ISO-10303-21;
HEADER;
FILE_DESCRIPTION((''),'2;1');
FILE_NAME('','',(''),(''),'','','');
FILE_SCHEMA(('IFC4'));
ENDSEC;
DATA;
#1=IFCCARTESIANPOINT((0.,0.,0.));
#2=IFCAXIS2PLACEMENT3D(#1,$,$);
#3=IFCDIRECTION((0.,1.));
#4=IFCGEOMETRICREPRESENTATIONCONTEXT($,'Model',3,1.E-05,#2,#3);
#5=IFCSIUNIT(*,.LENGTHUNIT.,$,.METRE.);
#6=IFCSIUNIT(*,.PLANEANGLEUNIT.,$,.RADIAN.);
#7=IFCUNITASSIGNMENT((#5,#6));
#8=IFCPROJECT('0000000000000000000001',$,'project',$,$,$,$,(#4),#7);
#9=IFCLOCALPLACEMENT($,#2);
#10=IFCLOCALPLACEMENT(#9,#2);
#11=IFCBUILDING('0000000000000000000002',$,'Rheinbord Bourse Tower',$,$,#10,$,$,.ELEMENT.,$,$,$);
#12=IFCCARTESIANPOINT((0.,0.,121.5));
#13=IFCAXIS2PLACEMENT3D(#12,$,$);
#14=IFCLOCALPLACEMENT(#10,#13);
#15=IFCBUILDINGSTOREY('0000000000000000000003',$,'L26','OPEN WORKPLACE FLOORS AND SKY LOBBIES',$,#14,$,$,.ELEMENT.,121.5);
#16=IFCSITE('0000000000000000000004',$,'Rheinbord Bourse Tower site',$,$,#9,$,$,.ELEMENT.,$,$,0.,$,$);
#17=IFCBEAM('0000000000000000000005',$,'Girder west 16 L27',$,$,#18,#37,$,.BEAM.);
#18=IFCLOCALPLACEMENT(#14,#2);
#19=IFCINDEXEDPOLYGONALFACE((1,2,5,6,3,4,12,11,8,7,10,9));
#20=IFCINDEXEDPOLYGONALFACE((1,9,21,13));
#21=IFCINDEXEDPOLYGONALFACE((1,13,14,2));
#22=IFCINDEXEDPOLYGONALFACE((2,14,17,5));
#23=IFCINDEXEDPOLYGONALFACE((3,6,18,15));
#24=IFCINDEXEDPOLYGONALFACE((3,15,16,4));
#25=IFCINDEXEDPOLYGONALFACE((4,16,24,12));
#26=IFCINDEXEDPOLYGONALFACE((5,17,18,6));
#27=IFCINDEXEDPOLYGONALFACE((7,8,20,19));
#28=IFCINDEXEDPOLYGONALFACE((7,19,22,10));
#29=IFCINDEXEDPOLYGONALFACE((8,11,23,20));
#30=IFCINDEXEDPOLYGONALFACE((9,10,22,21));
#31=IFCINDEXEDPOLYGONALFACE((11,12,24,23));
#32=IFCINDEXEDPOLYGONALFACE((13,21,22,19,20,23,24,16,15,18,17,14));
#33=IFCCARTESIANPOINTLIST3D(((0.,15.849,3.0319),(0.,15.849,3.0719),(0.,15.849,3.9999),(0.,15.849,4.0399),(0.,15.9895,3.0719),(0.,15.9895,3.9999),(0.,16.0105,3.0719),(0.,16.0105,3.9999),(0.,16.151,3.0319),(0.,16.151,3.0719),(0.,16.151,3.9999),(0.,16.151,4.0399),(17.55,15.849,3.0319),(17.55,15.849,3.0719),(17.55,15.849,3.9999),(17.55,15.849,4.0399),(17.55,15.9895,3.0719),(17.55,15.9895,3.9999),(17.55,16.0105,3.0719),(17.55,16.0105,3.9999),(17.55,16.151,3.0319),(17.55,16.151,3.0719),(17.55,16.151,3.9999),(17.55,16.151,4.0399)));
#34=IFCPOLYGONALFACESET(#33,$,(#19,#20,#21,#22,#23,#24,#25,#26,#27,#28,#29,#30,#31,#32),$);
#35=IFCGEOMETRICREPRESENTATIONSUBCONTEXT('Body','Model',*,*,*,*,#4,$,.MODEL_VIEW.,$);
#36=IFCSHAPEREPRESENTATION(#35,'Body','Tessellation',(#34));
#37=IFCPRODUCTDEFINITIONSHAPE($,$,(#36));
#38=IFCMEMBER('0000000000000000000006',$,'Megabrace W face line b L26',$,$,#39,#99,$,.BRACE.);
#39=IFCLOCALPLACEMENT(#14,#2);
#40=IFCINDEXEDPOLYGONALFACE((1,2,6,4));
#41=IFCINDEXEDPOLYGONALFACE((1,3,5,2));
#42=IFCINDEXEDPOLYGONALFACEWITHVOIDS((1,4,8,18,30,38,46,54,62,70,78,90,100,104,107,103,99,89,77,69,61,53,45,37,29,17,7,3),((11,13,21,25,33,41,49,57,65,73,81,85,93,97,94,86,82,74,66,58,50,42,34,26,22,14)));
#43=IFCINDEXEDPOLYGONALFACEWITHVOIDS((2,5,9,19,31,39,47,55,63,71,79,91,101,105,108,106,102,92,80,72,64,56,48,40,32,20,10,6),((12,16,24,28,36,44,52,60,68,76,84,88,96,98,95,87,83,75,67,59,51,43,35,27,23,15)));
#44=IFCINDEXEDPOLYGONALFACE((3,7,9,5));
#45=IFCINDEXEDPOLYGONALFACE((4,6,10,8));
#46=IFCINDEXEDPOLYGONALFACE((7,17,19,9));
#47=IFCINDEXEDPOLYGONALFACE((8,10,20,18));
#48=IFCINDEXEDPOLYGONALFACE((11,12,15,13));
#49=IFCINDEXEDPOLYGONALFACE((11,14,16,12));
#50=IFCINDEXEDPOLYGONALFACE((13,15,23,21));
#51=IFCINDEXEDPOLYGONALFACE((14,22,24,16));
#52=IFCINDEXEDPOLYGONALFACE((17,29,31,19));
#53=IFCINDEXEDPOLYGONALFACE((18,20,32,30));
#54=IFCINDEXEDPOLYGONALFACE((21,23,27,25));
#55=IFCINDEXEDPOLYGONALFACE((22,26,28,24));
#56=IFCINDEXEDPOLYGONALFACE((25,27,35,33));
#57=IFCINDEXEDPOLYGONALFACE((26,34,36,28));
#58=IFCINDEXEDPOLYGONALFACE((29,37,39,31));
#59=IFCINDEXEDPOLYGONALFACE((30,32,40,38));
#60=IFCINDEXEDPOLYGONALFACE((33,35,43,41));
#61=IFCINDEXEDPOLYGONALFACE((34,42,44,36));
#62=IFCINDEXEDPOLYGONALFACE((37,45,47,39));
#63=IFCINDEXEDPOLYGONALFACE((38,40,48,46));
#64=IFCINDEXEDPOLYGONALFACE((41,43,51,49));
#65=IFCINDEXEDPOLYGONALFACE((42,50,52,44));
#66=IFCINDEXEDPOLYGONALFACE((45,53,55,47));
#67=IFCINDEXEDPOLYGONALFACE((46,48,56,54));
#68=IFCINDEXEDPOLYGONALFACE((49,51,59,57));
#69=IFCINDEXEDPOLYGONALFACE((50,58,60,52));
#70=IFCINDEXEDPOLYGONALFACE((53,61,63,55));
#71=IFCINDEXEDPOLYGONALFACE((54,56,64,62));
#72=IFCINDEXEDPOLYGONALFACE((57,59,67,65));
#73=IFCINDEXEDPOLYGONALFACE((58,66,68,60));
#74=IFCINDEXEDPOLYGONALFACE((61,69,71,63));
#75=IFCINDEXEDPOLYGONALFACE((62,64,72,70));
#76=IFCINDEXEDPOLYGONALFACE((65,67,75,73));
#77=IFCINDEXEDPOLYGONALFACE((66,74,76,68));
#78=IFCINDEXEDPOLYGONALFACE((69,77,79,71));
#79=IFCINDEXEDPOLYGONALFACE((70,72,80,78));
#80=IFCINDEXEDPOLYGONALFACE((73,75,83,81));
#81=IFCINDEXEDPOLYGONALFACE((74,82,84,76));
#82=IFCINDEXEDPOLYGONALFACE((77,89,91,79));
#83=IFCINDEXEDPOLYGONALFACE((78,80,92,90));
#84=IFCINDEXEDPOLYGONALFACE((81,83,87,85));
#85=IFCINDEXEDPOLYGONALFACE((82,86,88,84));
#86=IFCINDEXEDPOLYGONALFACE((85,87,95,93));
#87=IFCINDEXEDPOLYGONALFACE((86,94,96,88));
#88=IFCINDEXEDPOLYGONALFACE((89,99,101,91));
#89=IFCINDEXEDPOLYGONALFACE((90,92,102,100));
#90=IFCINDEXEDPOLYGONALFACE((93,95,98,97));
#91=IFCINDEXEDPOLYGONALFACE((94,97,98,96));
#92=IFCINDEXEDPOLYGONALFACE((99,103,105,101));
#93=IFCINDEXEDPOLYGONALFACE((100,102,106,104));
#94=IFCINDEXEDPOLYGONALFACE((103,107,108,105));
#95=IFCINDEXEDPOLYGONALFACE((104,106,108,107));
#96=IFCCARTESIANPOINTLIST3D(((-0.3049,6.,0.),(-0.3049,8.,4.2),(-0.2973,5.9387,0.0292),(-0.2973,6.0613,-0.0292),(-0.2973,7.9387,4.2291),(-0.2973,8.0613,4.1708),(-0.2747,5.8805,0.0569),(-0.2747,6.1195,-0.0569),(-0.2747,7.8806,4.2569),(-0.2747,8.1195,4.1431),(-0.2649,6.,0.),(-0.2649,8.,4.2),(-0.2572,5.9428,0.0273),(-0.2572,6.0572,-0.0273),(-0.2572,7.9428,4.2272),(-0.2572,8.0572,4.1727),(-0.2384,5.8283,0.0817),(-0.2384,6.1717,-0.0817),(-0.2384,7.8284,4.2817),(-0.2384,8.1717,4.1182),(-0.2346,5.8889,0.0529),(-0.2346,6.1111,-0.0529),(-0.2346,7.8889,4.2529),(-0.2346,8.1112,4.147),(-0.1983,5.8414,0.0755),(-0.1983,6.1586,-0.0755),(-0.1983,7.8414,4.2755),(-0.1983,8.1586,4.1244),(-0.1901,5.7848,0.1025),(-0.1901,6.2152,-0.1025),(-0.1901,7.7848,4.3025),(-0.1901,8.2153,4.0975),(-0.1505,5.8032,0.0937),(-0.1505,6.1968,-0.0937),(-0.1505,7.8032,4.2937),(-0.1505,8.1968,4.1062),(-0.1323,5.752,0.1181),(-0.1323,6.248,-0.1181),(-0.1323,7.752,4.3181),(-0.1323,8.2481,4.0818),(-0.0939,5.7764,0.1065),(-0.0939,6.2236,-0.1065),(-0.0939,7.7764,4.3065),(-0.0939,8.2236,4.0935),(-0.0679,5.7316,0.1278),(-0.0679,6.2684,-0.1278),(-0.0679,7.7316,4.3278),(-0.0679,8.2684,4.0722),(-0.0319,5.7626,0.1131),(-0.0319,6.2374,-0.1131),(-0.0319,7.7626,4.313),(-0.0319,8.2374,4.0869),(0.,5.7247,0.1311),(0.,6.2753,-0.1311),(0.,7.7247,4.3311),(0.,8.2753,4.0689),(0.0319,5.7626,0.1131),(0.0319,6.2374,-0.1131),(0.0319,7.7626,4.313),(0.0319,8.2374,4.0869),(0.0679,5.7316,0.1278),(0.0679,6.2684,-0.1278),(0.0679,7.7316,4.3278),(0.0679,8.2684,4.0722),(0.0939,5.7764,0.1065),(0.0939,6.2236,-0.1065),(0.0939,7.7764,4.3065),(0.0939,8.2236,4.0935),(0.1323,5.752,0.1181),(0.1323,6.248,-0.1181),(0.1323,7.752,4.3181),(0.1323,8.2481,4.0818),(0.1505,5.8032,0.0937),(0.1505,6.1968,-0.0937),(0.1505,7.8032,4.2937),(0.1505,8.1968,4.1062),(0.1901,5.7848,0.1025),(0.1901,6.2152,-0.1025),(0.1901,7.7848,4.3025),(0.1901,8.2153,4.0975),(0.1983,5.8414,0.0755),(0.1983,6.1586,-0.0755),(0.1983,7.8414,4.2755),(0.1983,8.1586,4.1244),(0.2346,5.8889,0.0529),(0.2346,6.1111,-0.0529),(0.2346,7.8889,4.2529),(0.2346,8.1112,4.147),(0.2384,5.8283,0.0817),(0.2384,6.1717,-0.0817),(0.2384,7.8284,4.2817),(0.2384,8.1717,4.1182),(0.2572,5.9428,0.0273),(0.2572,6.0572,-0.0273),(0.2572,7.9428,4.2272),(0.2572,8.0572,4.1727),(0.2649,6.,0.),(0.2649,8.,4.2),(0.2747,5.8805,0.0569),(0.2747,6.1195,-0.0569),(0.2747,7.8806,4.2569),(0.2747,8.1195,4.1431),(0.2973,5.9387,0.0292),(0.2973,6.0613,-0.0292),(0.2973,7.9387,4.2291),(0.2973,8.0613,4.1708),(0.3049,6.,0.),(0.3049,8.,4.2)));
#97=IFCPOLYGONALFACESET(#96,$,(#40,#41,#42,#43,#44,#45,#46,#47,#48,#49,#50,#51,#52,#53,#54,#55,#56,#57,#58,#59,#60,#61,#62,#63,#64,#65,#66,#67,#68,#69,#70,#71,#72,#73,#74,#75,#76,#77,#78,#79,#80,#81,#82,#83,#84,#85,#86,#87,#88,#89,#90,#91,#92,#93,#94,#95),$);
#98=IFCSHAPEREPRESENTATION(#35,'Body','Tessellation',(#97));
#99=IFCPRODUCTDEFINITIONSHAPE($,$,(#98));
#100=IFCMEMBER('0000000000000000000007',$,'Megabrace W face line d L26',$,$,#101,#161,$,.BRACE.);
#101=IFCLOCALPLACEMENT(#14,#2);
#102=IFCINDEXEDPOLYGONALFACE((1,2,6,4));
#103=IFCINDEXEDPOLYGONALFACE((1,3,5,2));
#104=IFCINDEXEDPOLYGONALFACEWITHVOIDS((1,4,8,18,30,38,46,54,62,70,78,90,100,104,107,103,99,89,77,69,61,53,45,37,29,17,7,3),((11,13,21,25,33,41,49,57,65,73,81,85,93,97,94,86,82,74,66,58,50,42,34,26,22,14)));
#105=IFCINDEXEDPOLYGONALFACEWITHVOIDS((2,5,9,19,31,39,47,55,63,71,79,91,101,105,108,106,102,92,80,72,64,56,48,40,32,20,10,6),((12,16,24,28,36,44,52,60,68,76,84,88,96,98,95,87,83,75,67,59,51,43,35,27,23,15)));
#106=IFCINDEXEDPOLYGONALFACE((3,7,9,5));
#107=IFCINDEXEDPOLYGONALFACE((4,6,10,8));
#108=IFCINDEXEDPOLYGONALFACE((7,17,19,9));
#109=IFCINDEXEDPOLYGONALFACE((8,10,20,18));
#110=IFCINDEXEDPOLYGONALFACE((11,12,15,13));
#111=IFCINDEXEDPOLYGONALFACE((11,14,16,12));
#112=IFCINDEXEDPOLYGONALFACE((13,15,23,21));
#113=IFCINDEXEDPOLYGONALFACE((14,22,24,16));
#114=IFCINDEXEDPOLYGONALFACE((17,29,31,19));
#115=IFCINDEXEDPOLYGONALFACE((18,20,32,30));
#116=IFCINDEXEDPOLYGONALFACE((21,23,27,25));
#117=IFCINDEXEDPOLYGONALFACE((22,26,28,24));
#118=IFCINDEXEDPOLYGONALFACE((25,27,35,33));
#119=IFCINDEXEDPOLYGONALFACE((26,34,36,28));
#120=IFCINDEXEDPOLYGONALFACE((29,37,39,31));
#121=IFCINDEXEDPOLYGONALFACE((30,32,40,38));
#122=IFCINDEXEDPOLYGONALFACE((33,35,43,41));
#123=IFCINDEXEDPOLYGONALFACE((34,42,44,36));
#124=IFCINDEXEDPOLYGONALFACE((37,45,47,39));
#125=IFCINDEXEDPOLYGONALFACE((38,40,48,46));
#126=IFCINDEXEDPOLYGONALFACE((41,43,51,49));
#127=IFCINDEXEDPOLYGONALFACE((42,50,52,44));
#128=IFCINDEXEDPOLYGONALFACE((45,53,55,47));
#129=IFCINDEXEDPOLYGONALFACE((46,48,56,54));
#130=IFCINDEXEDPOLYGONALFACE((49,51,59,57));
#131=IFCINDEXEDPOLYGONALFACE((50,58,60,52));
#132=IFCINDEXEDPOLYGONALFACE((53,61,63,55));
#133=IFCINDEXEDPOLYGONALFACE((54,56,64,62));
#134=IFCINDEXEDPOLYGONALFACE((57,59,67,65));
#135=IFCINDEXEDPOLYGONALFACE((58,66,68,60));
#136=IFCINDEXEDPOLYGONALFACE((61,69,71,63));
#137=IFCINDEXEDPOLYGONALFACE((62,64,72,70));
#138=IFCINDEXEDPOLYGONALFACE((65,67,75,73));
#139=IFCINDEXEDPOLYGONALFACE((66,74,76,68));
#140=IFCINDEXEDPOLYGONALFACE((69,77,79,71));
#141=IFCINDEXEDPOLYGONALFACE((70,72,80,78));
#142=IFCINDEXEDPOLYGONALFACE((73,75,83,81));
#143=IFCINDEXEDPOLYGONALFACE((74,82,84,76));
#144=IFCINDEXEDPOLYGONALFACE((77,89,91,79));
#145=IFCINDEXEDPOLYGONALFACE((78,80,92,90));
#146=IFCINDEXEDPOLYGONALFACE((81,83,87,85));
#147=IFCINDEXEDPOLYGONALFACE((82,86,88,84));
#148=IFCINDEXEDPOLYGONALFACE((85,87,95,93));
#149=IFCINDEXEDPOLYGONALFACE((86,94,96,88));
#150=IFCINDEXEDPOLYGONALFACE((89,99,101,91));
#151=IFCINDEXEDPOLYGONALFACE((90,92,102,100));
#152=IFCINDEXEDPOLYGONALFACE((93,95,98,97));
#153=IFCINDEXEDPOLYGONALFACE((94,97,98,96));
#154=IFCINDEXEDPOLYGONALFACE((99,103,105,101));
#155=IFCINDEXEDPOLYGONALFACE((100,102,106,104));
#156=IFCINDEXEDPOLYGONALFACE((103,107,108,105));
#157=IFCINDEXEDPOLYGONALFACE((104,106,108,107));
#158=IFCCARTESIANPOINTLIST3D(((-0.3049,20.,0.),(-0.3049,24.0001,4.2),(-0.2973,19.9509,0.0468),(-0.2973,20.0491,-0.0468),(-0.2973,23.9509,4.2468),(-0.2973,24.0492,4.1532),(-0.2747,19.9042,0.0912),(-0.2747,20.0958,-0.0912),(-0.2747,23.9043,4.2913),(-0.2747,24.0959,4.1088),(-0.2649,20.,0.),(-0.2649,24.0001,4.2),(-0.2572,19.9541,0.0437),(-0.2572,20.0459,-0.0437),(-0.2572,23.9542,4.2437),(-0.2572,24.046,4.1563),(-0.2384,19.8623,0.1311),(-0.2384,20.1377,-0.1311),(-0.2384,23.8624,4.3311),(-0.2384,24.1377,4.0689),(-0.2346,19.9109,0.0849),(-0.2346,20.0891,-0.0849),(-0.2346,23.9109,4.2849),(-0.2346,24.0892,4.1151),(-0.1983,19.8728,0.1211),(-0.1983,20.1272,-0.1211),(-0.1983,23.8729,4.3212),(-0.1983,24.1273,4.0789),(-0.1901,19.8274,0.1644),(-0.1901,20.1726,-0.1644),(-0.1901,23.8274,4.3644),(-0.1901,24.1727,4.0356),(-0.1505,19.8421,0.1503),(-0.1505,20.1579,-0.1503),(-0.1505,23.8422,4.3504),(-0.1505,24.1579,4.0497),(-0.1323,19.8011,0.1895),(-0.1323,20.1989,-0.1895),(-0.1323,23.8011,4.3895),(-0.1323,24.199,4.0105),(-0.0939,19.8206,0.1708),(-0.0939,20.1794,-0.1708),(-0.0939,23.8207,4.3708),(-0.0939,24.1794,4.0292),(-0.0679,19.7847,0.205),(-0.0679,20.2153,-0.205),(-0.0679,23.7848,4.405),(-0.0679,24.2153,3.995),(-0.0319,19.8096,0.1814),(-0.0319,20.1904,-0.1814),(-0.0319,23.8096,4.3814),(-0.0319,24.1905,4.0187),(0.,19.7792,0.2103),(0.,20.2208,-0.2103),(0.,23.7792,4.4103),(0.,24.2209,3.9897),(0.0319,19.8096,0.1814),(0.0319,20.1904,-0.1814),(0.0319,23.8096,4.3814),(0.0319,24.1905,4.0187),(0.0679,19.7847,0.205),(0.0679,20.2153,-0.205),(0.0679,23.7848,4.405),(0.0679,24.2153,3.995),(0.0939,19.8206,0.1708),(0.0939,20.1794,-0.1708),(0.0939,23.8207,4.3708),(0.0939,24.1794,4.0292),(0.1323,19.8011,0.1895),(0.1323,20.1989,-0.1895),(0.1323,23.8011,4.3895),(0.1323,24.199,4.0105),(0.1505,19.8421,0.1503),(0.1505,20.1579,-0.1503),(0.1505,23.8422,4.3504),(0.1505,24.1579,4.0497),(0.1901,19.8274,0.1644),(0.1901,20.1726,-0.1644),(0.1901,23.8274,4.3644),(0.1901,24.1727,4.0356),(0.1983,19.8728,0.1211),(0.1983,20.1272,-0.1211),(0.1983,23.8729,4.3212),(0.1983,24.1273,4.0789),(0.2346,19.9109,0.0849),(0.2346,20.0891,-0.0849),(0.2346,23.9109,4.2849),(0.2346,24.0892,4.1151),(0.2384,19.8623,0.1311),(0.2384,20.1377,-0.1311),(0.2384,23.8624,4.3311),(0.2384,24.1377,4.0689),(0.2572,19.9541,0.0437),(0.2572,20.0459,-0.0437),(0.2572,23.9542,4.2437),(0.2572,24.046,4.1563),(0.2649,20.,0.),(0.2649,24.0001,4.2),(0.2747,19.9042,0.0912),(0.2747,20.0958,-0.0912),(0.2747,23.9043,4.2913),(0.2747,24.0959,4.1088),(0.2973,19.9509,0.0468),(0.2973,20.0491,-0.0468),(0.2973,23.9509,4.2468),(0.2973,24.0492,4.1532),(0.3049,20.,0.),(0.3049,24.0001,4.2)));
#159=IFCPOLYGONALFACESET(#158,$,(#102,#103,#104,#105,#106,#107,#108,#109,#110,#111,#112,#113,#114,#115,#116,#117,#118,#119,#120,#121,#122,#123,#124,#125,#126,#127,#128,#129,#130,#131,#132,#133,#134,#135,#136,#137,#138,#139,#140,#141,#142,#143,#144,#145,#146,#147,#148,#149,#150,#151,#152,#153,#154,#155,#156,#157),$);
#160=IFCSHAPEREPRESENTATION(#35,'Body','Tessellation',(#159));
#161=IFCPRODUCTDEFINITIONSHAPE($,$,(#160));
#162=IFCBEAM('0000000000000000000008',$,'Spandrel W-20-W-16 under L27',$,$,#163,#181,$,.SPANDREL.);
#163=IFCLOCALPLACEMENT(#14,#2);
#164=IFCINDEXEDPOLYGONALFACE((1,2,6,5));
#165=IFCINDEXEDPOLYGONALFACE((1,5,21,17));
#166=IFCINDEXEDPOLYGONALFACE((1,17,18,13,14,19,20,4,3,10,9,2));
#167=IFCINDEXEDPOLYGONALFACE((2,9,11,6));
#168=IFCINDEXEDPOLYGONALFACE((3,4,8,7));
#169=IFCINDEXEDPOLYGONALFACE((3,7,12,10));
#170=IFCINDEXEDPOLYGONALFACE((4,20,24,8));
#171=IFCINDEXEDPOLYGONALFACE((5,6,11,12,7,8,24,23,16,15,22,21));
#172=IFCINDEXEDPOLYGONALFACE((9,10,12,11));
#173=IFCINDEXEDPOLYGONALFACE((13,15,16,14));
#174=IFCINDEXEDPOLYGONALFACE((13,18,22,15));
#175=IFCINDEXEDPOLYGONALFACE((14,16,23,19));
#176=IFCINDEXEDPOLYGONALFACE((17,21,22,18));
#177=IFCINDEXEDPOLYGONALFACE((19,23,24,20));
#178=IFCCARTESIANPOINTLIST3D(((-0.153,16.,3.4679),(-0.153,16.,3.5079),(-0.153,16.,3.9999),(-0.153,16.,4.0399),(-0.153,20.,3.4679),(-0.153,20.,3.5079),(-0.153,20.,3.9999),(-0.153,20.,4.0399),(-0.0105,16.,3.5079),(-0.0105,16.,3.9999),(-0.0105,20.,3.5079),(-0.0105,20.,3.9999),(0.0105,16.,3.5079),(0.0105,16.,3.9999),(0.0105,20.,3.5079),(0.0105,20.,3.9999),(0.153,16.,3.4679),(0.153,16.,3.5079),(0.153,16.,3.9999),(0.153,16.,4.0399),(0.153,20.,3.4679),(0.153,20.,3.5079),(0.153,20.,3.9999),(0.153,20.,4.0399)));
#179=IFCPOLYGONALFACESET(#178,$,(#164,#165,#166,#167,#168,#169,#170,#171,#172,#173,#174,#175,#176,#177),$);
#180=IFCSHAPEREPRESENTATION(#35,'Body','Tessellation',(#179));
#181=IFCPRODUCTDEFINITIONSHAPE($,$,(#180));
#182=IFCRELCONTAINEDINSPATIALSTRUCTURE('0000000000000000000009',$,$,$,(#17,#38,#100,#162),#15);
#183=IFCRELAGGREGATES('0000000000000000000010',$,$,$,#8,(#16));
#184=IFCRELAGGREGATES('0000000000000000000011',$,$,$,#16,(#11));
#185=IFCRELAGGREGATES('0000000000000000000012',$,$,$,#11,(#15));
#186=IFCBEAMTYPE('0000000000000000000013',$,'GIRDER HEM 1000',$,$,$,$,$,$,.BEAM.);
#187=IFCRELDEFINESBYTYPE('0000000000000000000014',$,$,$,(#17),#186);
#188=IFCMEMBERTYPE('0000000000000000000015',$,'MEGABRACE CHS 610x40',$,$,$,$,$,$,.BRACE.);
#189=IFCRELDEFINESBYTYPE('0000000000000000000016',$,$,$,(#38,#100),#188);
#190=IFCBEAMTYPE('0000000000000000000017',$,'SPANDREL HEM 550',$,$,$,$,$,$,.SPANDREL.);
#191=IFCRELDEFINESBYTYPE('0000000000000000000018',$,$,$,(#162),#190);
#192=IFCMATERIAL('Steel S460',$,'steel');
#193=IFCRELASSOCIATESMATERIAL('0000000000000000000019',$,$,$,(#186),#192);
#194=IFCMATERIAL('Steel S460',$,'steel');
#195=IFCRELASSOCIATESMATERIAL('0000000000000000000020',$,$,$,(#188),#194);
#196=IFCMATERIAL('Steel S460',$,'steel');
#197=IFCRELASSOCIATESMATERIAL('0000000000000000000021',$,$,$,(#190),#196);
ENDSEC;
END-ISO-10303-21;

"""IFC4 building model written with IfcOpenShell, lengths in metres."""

from ifc_helpers import new_model, si_unit, direction, frame, origin, origin_2d, place, context, subcontext, project, spatial, hollow_circle, i_section, extrude, material, material_profile, profile_set, type_object, element, save


model = new_model("IFC4")

# Units and contexts
model_context = context("Model", 3, precision=1e-05, world=origin(), true_north=direction((0.0, 1.0)))
body_context = subcontext(model_context, "Body", "Model", "MODEL_VIEW")
ifc_project = project(units=[si_unit("LENGTHUNIT", "METRE"), si_unit("PLANEANGLEUNIT", "RADIAN")], contexts=[model_context])

# Site, building, storey
site_placement = place(None, origin())
site = spatial("IfcSite", under=ifc_project, at=site_placement, Name="Rheinbord Bourse Tower site", CompositionType="ELEMENT", RefElevation=0.0)
building_placement = place(site_placement, origin())
building = spatial("IfcBuilding", under=site, at=building_placement, Name="Rheinbord Bourse Tower", CompositionType="ELEMENT")
storey_placement = place(building_placement, frame((0.0, 0.0, 121.5)))
storey = spatial("IfcBuildingStorey", under=building, at=storey_placement, Name="L26", Description="OPEN WORKPLACE FLOORS AND SKY LOBBIES", CompositionType="ELEMENT", Elevation=121.5)

# Beam
ifc_material_1 = material(Name="Steel S460", Category="steel")
ifc_material_profile_1 = material_profile(ifc_material_1, i_section(OverallWidth=0.302, OverallDepth=1.0081, WebThickness=0.021, FlangeThickness=0.04, at=origin_2d()), Name="HEM 1000")
ifc_profile_set_1 = profile_set([ifc_material_profile_1], Name="Steel S460")
beam_type_1 = type_object("IfcBeamType", Name="GIRDER HEM 1000", PredefinedType="BEAM", material=ifc_profile_set_1)
beam_1_placement = place(storey_placement, frame((0.0, 16.0, 3.5359), z_axis=(1.0, 0.0, 0.0), x_axis=(0.0, 1.0, 0.0)))
element("IfcBeam", 1, at=beam_1_placement, inside=storey, type_object=beam_type_1, Name="Girder west 16 L27", PredefinedType="BEAM", context=body_context, shape_type="SweptSolid", body=[
    extrude(i_section(OverallWidth=0.302, OverallDepth=1.0081, WebThickness=0.021, FlangeThickness=0.04, at=origin_2d()), origin(), (0.0, 0.0, 1.0), 17.55),
])

# Members
ifc_material_2 = material(Name="Steel S460", Category="steel")
ifc_material_profile_2 = material_profile(ifc_material_2, hollow_circle(Radius=0.3049, WallThickness=0.04, at=origin_2d()), Name="CHS 610x40")
ifc_profile_set_2 = profile_set([ifc_material_profile_2], Name="Steel S460")
member_type_1 = type_object("IfcMemberType", Name="MEGABRACE CHS 610x40", PredefinedType="BRACE", material=ifc_profile_set_2)
member_1_placement = place(storey_placement, frame((0.0, 6.0, 0.0), z_axis=(0.0, 0.429938, 0.902859), x_axis=(-1.0, 0.0, 0.0)))
element("IfcMember", 2, at=member_1_placement, inside=storey, type_object=member_type_1, Name="Megabrace W face line b L26", PredefinedType="BRACE", context=body_context, shape_type="SweptSolid", body=[
    extrude(hollow_circle(Radius=0.3049, WallThickness=0.04, at=origin_2d()), origin(), (0.0, 0.0, 1.0), 4.6519),
])
member_2_placement = place(storey_placement, frame((0.0, 20.0, 0.0), z_axis=(0.0, 0.689659, 0.724134), x_axis=(-1.0, 0.0, 0.0)))
element("IfcMember", 3, at=member_2_placement, inside=storey, type_object=member_type_1, Name="Megabrace W face line d L26", PredefinedType="BRACE", context=body_context, shape_type="SweptSolid", body=[
    extrude(hollow_circle(Radius=0.3049, WallThickness=0.04, at=origin_2d()), origin(), (0.0, 0.0, 1.0), 5.8),
])

# Beam
ifc_material_3 = material(Name="Steel S460", Category="steel")
ifc_material_profile_3 = material_profile(ifc_material_3, i_section(OverallWidth=0.3059, OverallDepth=0.572, WebThickness=0.021, FlangeThickness=0.04, at=origin_2d()), Name="HEM 550")
ifc_profile_set_3 = profile_set([ifc_material_profile_3], Name="Steel S460")
beam_type_2 = type_object("IfcBeamType", Name="SPANDREL HEM 550", PredefinedType="SPANDREL", material=ifc_profile_set_3)
for number, where, z_axis, x_axis, name in (
    (4, (0.0, 20.0, 3.7539), (0.0, -1.0, 0.0), (1.0, 0.0, 0.0), "Spandrel W-20-W-16 under L27"),
):
    element("IfcBeam", number, at=place(storey_placement, frame(where, z_axis=z_axis, x_axis=x_axis)), inside=storey, type_object=beam_type_2, Name=name, PredefinedType="SPANDREL", context=body_context, shape_type="SweptSolid", body=[
        extrude(i_section(OverallWidth=0.3059, OverallDepth=0.572, WebThickness=0.021, FlangeThickness=0.04, at=origin_2d()), origin(), (0.0, 0.0, 1.0), 4.0),
    ])

save(model, "model.ifc")
